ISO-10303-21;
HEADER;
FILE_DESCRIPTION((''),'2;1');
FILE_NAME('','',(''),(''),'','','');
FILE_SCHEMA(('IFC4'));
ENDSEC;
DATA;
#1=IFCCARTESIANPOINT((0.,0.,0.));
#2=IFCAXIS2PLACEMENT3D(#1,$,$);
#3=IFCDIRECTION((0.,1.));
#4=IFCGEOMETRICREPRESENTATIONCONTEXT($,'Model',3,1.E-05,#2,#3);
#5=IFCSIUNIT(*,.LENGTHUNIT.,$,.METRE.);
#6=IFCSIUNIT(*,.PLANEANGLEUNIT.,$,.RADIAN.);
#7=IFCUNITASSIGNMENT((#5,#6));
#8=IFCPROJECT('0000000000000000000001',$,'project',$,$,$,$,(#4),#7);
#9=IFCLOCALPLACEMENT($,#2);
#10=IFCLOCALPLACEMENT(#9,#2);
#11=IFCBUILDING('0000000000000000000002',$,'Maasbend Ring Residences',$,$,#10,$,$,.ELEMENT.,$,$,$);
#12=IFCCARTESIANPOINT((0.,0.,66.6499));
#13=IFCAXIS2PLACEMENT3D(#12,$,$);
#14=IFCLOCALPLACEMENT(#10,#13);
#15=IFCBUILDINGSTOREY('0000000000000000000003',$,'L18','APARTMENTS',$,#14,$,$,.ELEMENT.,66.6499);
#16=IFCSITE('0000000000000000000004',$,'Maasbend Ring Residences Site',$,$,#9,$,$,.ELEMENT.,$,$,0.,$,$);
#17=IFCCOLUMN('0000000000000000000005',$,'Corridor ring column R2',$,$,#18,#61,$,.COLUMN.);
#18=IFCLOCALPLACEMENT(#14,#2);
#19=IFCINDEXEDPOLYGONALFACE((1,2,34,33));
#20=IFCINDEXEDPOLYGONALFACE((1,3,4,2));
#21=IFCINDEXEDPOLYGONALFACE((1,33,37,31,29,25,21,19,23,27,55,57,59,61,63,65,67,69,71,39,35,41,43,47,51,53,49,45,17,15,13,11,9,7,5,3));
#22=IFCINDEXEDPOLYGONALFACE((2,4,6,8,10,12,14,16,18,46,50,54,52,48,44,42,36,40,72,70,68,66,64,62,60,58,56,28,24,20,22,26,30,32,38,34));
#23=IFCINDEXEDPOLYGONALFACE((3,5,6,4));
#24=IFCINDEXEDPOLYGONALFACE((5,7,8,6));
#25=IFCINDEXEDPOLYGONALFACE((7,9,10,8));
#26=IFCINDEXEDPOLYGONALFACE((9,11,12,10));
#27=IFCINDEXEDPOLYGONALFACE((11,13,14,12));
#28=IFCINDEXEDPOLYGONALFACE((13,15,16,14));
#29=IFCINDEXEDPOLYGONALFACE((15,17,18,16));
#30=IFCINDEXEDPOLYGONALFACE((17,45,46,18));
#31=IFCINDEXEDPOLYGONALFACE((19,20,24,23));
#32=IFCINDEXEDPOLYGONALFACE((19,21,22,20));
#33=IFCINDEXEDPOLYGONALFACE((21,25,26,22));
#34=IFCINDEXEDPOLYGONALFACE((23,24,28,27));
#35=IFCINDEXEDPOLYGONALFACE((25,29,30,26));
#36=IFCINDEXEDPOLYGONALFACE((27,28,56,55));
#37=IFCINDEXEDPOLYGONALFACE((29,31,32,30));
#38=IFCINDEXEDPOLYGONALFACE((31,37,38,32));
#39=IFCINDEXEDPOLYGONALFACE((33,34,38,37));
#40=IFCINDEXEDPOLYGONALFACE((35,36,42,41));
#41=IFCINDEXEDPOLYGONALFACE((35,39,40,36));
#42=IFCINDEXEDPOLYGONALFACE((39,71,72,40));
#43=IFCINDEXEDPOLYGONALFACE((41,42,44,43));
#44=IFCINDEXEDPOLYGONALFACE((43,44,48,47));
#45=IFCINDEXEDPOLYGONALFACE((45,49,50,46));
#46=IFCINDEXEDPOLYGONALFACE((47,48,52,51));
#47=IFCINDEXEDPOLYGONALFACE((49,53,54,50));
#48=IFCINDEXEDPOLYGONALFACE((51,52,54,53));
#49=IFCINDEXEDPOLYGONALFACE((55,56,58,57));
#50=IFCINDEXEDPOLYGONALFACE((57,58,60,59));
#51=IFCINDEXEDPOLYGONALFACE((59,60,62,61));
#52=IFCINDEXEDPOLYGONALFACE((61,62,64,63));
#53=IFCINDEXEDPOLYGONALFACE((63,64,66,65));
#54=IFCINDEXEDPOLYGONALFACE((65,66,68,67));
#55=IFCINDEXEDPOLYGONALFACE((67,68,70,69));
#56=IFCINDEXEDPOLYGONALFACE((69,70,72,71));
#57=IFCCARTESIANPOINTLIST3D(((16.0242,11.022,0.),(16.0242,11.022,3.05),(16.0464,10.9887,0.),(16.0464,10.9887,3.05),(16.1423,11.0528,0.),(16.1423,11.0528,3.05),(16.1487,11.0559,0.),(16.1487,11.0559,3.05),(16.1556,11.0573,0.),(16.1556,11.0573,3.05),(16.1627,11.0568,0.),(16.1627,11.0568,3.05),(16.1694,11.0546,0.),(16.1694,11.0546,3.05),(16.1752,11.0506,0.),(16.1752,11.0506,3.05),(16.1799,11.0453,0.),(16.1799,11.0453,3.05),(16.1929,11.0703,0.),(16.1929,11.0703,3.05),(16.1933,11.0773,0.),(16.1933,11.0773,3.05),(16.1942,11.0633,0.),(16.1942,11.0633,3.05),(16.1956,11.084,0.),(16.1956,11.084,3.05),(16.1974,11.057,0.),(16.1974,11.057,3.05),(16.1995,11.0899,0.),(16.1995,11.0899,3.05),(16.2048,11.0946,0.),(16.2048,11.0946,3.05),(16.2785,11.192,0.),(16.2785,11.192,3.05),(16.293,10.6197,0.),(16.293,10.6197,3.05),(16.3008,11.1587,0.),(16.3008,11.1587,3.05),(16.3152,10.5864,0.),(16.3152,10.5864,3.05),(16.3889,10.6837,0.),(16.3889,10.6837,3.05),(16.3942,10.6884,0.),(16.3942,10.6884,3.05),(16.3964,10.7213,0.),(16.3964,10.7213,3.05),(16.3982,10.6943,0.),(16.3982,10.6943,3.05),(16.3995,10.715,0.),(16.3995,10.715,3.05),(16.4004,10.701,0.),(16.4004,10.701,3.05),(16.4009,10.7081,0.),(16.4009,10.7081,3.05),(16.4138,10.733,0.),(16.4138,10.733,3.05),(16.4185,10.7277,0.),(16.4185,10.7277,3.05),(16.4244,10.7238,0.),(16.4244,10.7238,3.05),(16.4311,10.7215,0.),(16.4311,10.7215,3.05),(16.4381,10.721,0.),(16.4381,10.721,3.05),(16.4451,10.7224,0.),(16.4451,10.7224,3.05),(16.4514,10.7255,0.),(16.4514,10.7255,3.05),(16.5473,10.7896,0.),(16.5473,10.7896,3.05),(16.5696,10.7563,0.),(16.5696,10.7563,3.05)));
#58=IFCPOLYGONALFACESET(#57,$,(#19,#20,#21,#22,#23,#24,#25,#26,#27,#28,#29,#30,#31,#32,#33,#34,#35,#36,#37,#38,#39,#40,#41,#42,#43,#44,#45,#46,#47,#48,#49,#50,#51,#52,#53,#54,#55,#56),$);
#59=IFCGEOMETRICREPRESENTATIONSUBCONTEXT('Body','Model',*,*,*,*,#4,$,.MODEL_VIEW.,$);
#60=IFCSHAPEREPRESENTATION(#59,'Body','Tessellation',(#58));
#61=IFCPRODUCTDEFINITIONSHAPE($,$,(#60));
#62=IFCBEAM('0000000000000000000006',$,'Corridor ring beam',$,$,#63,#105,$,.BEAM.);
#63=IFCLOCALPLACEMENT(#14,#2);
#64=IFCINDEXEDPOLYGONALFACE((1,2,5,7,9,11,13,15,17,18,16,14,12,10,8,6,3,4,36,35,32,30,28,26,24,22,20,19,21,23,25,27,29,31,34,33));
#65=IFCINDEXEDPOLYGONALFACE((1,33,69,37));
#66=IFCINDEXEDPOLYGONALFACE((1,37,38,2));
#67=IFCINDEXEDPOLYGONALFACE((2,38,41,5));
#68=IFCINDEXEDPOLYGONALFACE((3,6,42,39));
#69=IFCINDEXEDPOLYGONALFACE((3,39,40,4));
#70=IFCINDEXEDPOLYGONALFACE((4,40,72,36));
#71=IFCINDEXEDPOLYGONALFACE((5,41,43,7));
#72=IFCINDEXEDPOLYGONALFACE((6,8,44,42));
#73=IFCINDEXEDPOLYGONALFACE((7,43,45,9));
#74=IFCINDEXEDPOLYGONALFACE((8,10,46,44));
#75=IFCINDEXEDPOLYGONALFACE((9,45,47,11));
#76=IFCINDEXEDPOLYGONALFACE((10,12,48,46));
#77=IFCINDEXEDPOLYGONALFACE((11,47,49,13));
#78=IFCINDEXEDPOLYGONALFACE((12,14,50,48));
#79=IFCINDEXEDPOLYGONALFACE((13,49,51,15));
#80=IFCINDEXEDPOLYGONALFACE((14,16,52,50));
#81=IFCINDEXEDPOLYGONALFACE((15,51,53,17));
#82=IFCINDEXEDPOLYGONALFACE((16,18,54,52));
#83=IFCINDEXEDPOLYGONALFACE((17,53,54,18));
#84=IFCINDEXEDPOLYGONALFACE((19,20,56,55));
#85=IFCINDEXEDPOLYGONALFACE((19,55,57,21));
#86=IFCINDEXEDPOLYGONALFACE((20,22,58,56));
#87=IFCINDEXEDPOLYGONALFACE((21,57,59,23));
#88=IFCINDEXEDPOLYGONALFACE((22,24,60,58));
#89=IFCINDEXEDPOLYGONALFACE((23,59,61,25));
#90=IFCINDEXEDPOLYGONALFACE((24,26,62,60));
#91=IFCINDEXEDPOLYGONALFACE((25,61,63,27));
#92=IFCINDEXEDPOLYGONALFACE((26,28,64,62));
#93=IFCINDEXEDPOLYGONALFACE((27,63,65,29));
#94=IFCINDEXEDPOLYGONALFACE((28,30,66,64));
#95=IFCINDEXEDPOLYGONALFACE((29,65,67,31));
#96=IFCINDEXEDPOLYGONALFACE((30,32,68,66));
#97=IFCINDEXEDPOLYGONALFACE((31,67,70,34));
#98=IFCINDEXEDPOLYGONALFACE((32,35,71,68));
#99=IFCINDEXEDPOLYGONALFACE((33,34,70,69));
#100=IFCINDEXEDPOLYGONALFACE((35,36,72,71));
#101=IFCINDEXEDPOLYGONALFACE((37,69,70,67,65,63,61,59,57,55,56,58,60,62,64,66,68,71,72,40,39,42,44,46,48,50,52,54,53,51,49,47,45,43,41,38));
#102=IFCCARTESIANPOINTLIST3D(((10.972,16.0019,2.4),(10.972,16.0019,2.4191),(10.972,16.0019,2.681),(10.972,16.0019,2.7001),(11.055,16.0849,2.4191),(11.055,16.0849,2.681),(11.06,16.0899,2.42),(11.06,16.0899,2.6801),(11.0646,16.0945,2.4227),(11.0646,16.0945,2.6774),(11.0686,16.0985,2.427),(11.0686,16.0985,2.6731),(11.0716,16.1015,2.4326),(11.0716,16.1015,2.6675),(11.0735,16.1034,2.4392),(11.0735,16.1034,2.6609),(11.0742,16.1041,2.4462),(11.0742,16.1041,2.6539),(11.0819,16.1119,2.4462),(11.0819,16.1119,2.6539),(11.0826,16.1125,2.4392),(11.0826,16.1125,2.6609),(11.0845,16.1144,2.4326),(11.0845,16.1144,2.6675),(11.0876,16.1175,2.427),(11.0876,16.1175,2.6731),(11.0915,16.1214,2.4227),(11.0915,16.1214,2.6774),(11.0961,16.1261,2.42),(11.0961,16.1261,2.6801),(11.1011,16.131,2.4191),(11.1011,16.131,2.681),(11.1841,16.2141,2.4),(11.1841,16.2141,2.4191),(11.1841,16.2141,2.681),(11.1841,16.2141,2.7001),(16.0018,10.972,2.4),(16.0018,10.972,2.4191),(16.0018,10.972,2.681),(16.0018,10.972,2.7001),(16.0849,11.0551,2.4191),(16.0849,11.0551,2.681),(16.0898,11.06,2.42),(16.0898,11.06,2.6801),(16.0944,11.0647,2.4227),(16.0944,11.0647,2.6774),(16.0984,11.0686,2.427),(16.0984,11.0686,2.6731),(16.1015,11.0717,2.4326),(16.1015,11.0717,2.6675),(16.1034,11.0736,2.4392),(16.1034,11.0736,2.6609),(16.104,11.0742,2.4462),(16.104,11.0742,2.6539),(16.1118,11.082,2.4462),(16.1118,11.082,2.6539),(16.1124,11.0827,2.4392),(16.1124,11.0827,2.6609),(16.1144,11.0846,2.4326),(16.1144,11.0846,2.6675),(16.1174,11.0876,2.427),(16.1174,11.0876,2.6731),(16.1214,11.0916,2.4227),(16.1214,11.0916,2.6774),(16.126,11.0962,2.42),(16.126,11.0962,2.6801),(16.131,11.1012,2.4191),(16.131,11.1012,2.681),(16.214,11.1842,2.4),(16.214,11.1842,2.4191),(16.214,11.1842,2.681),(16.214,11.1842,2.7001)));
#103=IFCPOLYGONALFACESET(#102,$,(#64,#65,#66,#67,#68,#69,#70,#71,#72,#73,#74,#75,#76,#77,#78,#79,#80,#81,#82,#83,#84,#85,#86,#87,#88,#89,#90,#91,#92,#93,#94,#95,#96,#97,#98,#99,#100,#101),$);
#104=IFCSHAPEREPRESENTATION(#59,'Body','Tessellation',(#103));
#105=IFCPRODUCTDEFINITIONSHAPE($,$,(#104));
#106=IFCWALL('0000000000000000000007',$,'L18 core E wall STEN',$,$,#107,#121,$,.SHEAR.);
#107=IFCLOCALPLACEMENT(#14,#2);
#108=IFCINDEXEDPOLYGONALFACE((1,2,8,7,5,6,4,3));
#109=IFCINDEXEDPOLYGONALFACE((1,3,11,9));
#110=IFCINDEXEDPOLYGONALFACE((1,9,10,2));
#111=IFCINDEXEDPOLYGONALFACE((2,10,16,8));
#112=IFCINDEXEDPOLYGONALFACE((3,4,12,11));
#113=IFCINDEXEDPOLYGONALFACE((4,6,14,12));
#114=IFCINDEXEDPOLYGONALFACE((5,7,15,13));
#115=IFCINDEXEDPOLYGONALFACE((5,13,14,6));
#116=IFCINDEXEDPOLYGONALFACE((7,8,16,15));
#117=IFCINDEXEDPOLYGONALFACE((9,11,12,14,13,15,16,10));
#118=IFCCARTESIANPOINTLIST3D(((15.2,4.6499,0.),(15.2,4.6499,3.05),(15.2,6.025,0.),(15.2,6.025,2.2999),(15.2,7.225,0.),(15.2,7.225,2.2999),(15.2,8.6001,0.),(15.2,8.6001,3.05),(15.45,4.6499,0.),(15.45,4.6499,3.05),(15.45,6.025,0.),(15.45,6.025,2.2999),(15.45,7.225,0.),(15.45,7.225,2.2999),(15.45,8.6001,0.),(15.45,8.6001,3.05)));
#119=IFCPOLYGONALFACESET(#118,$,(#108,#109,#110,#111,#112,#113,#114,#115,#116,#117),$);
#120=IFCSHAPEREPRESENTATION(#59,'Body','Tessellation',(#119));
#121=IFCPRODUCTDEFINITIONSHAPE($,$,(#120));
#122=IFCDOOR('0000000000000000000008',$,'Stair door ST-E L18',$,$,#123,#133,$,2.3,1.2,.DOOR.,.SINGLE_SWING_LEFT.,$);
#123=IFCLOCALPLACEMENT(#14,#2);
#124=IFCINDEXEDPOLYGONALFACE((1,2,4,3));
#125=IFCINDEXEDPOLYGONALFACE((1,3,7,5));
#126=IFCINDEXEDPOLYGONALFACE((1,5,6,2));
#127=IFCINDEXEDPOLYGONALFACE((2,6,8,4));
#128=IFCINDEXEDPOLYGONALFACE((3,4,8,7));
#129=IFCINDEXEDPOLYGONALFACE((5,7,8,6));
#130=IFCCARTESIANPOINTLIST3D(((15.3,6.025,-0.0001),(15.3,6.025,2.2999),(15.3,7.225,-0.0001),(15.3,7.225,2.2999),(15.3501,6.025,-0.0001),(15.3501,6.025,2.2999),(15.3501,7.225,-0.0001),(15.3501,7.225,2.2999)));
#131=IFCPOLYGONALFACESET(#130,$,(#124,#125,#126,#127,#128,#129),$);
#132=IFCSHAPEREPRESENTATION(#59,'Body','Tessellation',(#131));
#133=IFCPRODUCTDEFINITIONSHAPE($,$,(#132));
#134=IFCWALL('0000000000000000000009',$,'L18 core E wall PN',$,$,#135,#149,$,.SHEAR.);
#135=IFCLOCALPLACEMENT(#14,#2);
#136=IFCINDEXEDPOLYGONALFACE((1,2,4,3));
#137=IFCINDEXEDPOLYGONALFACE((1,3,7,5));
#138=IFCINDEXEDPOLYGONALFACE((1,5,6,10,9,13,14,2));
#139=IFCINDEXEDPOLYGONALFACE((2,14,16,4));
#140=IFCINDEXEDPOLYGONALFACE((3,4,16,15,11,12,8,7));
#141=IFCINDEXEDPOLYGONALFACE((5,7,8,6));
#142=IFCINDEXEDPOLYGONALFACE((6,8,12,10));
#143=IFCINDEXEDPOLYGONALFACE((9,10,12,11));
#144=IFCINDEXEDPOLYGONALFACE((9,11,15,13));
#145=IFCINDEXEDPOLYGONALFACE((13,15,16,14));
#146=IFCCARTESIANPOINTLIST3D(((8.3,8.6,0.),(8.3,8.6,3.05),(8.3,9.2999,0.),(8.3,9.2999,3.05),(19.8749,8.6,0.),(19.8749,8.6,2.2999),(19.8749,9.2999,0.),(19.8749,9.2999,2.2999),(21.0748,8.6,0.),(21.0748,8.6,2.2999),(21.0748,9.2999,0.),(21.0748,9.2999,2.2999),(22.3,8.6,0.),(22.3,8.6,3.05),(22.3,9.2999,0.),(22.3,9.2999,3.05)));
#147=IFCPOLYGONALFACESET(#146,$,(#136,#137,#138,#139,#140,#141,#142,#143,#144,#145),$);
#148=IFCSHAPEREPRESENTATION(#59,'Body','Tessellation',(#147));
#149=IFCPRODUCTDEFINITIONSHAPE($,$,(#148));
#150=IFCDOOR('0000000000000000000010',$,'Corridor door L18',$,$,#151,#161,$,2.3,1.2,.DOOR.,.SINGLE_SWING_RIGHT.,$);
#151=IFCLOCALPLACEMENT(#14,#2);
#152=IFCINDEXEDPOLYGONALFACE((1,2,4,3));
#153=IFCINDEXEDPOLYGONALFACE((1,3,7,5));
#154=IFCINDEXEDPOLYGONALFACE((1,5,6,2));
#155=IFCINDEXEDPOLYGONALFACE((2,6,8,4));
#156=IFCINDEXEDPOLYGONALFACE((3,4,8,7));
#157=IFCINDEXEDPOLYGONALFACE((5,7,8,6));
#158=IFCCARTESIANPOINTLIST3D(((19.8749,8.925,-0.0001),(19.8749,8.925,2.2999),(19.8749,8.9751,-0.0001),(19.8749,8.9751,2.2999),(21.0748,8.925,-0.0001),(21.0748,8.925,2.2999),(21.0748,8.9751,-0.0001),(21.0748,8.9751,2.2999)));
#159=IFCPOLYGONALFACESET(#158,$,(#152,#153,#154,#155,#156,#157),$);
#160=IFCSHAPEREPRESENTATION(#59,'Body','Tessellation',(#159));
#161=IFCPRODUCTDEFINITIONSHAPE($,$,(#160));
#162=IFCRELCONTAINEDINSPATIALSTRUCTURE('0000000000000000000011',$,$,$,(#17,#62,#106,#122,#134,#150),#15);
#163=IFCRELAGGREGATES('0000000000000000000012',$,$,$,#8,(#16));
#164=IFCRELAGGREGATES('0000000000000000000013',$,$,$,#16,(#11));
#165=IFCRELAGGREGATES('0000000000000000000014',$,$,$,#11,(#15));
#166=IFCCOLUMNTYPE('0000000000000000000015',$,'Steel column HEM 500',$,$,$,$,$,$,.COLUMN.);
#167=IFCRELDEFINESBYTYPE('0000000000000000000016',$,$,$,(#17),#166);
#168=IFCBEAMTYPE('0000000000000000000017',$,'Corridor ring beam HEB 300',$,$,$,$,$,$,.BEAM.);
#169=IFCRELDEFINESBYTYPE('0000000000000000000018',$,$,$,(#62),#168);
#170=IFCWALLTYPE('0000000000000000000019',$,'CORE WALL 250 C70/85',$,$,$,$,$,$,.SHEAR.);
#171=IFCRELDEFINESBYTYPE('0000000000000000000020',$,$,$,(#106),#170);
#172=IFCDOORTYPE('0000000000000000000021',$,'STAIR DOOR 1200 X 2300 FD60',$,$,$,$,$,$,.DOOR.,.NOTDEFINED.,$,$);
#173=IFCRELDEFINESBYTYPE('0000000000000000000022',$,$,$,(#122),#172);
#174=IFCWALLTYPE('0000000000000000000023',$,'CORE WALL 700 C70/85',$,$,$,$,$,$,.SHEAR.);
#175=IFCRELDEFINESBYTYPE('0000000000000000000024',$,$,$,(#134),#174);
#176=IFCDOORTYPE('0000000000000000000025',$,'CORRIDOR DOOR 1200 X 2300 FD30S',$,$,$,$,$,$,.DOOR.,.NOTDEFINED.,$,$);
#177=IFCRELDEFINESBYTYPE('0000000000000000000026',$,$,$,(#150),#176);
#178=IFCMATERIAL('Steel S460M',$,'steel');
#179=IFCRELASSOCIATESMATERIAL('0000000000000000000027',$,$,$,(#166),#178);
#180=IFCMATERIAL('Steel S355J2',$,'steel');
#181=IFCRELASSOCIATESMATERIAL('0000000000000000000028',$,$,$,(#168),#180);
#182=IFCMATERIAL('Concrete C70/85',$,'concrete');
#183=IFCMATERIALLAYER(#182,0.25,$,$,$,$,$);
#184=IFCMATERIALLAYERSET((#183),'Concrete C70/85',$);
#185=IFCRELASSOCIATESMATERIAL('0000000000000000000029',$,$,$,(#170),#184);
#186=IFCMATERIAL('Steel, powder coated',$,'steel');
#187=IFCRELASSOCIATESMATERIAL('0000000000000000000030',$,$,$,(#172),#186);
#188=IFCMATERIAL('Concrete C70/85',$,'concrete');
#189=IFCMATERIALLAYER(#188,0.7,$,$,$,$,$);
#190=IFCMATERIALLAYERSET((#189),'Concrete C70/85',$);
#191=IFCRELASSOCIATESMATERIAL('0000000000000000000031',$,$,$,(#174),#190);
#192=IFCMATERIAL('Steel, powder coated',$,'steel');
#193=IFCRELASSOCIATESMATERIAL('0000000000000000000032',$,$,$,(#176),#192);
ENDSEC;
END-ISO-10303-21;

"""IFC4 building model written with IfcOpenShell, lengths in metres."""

from ifc_helpers import new_model, si_unit, direction, frame, frame_2d, origin, origin_2d, place, context, subcontext, project, spatial, rectangle, i_section, extrude, material, layer, layer_set, material_profile, profile_set, type_object, element, fill, save


model = new_model("IFC4")

# Units and contexts
model_context = context("Model", 3, precision=1e-05, world=origin(), true_north=direction((0.0, 1.0)))
body_context = subcontext(model_context, "Body", "Model", "MODEL_VIEW")
ifc_project = project(units=[si_unit("LENGTHUNIT", "METRE"), si_unit("PLANEANGLEUNIT", "RADIAN")], contexts=[model_context])

# Site, building, storey
site_placement = place(None, origin())
site = spatial("IfcSite", under=ifc_project, at=site_placement, Name="Maasbend Ring Residences Site", CompositionType="ELEMENT", RefElevation=0.0)
building_placement = place(site_placement, origin())
building = spatial("IfcBuilding", under=site, at=building_placement, Name="Maasbend Ring Residences", CompositionType="ELEMENT")
storey_placement = place(building_placement, frame((0.0, 0.0, 66.6499)))
storey = spatial("IfcBuildingStorey", under=building, at=storey_placement, Name="L18", Description="APARTMENTS", CompositionType="ELEMENT", Elevation=66.6499)

# Column
ifc_material_1 = material(Name="Steel S460M", Category="steel")
ifc_material_profile_1 = material_profile(ifc_material_1, i_section(OverallWidth=0.3059, OverallDepth=0.5239, WebThickness=0.021, FlangeThickness=0.04, FilletRadius=0.0271, at=origin_2d()), Name="HEM 500")
ifc_profile_set_1 = profile_set([ifc_material_profile_1], Name="Steel S460M")
column_type = type_object("IfcColumnType", Name="Steel column HEM 500", PredefinedType="COLUMN", material=ifc_profile_set_1)
column_placement = place(storey_placement, frame((16.2969, 10.8892, 0.0), z_axis=(0.0, 0.0, 1.0), x_axis=(0.83147, 0.55557, 0.0)))
element("IfcColumn", 1, at=column_placement, inside=storey, type_object=column_type, Name="Corridor ring column R2", PredefinedType="COLUMN", context=body_context, shape_type="SweptSolid", body=[
    extrude(i_section(OverallWidth=0.3059, OverallDepth=0.5239, WebThickness=0.021, FlangeThickness=0.04, FilletRadius=0.0271, at=origin_2d()), origin(), (0.0, 0.0, 1.0), 3.05),
])

# Beam
ifc_material_2 = material(Name="Steel S355J2", Category="steel")
ifc_material_profile_2 = material_profile(ifc_material_2, i_section(OverallWidth=0.3, OverallDepth=0.3, WebThickness=0.011, FlangeThickness=0.019, FilletRadius=0.0271, at=origin_2d()), Name="HEB 300")
ifc_profile_set_2 = profile_set([ifc_material_profile_2], Name="Steel S355J2")
beam_type = type_object("IfcBeamType", Name="Corridor ring beam HEB 300", PredefinedType="BEAM", material=ifc_profile_set_2)
beam_placement = place(storey_placement, frame((16.1079, 11.0781, 2.55), z_axis=(-0.707107, 0.707107, 0.0), x_axis=(-0.707107, -0.707107, 0.0)))
element("IfcBeam", 2, at=beam_placement, inside=storey, type_object=beam_type, Name="Corridor ring beam", PredefinedType="BEAM", context=body_context, shape_type="SweptSolid", body=[
    extrude(i_section(OverallWidth=0.3, OverallDepth=0.3, WebThickness=0.011, FlangeThickness=0.019, FilletRadius=0.0271, at=origin_2d()), origin(), (0.0, 0.0, 1.0), 7.1133),
])

# Walls, openings, doors
ifc_material_3 = material(Name="Concrete C70/85", Category="concrete")
ifc_layer_1 = layer(ifc_material_3, 0.25)
ifc_layer_set_1 = layer_set([ifc_layer_1], Name="Concrete C70/85")
wall_type_1 = type_object("IfcWallType", Name="CORE WALL 250 C70/85", PredefinedType="SHEAR", material=ifc_layer_set_1)
wall_1_placement = place(storey_placement, frame((15.325, 4.6499, 0.0), z_axis=(0.0, 0.0, 1.0), x_axis=(0.0, 1.0, 0.0)))
wall_1 = element("IfcWall", 3, at=wall_1_placement, inside=storey, type_object=wall_type_1, Name="L18 core E wall STEN", PredefinedType="SHEAR", context=body_context, shape_type="SweptSolid", body=[
    extrude(rectangle(XDim=3.9502, YDim=0.25, at=frame_2d((1.9751, 0.0))), origin(), (0.0, 0.0, 1.0), 3.05),
])
opening_1_placement = place(wall_1_placement, frame((1.375, 0.0, 0.0)))
opening_1 = element("IfcOpeningElement", 4, at=opening_1_placement, cuts=wall_1, PredefinedType="OPENING", context=body_context, shape_type="SweptSolid", body=[
    extrude(rectangle(XDim=1.2, YDim=2.3, at=frame_2d((0.6001, 1.1499))), frame((0.0, 0.135, 0.0), z_axis=(0.0, -1.0, 0.0), x_axis=(1.0, 0.0, 0.0)), (0.0, 0.0, 1.0), 0.27),
])
ifc_material_4 = material(Name="Steel, powder coated", Category="steel")
door_type_1 = type_object("IfcDoorType", Name="STAIR DOOR 1200 X 2300 FD60", OperationType="NOTDEFINED", PredefinedType="DOOR", material=ifc_material_4)
door_1_placement = place(opening_1_placement, origin())
door_1 = element("IfcDoor", 5, at=door_1_placement, inside=storey, type_object=door_type_1, Name="Stair door ST-E L18", OperationType="SINGLE_SWING_LEFT", OverallHeight=2.3, OverallWidth=1.2, PredefinedType="DOOR", context=body_context, shape_type="SweptSolid", body=[
    extrude(rectangle(XDim=1.2, YDim=2.3, at=frame_2d((0.6001, 1.1499))), frame((0.0, 0.0249, 0.0), z_axis=(0.0, -1.0, 0.0), x_axis=(1.0, 0.0, 0.0)), (0.0, 0.0, 1.0), 0.05),
])
fill(opening_1, door_1)
ifc_material_5 = material(Name="Concrete C70/85", Category="concrete")
ifc_layer_2 = layer(ifc_material_5, 0.7)
ifc_layer_set_2 = layer_set([ifc_layer_2], Name="Concrete C70/85")
wall_type_2 = type_object("IfcWallType", Name="CORE WALL 700 C70/85", PredefinedType="SHEAR", material=ifc_layer_set_2)
wall_2_placement = place(storey_placement, frame((22.3, 8.95, 0.0), z_axis=(0.0, 0.0, 1.0), x_axis=(-1.0, 0.0, 0.0)))
wall_2 = element("IfcWall", 6, at=wall_2_placement, inside=storey, type_object=wall_type_2, Name="L18 core E wall PN", PredefinedType="SHEAR", context=body_context, shape_type="SweptSolid", body=[
    extrude(rectangle(XDim=14.0, YDim=0.7, at=frame_2d((7.0, 0.0))), origin(), (0.0, 0.0, 1.0), 3.05),
])
opening_2_placement = place(wall_2_placement, frame((1.2251, 0.0, 0.0)))
opening_2 = element("IfcOpeningElement", 7, at=opening_2_placement, cuts=wall_2, PredefinedType="OPENING", context=body_context, shape_type="SweptSolid", body=[
    extrude(rectangle(XDim=1.2, YDim=2.3, at=frame_2d((0.6001, 1.1499))), frame((0.0, 0.3599, 0.0), z_axis=(0.0, -1.0, 0.0), x_axis=(1.0, 0.0, 0.0)), (0.0, 0.0, 1.0), 0.72),
])
ifc_material_6 = material(Name="Steel, powder coated", Category="steel")
door_type_2 = type_object("IfcDoorType", Name="CORRIDOR DOOR 1200 X 2300 FD30S", OperationType="NOTDEFINED", PredefinedType="DOOR", material=ifc_material_6)
door_2_placement = place(opening_2_placement, origin())
door_2 = element("IfcDoor", 8, at=door_2_placement, inside=storey, type_object=door_type_2, Name="Corridor door L18", OperationType="SINGLE_SWING_RIGHT", OverallHeight=2.3, OverallWidth=1.2, PredefinedType="DOOR", context=body_context, shape_type="SweptSolid", body=[
    extrude(rectangle(XDim=1.2, YDim=2.3, at=frame_2d((0.6001, 1.1499))), frame((0.0, 0.0249, 0.0), z_axis=(0.0, -1.0, 0.0), x_axis=(1.0, 0.0, 0.0)), (0.0, 0.0, 1.0), 0.05),
])
fill(opening_2, door_2)

save(model, "model.ifc")
